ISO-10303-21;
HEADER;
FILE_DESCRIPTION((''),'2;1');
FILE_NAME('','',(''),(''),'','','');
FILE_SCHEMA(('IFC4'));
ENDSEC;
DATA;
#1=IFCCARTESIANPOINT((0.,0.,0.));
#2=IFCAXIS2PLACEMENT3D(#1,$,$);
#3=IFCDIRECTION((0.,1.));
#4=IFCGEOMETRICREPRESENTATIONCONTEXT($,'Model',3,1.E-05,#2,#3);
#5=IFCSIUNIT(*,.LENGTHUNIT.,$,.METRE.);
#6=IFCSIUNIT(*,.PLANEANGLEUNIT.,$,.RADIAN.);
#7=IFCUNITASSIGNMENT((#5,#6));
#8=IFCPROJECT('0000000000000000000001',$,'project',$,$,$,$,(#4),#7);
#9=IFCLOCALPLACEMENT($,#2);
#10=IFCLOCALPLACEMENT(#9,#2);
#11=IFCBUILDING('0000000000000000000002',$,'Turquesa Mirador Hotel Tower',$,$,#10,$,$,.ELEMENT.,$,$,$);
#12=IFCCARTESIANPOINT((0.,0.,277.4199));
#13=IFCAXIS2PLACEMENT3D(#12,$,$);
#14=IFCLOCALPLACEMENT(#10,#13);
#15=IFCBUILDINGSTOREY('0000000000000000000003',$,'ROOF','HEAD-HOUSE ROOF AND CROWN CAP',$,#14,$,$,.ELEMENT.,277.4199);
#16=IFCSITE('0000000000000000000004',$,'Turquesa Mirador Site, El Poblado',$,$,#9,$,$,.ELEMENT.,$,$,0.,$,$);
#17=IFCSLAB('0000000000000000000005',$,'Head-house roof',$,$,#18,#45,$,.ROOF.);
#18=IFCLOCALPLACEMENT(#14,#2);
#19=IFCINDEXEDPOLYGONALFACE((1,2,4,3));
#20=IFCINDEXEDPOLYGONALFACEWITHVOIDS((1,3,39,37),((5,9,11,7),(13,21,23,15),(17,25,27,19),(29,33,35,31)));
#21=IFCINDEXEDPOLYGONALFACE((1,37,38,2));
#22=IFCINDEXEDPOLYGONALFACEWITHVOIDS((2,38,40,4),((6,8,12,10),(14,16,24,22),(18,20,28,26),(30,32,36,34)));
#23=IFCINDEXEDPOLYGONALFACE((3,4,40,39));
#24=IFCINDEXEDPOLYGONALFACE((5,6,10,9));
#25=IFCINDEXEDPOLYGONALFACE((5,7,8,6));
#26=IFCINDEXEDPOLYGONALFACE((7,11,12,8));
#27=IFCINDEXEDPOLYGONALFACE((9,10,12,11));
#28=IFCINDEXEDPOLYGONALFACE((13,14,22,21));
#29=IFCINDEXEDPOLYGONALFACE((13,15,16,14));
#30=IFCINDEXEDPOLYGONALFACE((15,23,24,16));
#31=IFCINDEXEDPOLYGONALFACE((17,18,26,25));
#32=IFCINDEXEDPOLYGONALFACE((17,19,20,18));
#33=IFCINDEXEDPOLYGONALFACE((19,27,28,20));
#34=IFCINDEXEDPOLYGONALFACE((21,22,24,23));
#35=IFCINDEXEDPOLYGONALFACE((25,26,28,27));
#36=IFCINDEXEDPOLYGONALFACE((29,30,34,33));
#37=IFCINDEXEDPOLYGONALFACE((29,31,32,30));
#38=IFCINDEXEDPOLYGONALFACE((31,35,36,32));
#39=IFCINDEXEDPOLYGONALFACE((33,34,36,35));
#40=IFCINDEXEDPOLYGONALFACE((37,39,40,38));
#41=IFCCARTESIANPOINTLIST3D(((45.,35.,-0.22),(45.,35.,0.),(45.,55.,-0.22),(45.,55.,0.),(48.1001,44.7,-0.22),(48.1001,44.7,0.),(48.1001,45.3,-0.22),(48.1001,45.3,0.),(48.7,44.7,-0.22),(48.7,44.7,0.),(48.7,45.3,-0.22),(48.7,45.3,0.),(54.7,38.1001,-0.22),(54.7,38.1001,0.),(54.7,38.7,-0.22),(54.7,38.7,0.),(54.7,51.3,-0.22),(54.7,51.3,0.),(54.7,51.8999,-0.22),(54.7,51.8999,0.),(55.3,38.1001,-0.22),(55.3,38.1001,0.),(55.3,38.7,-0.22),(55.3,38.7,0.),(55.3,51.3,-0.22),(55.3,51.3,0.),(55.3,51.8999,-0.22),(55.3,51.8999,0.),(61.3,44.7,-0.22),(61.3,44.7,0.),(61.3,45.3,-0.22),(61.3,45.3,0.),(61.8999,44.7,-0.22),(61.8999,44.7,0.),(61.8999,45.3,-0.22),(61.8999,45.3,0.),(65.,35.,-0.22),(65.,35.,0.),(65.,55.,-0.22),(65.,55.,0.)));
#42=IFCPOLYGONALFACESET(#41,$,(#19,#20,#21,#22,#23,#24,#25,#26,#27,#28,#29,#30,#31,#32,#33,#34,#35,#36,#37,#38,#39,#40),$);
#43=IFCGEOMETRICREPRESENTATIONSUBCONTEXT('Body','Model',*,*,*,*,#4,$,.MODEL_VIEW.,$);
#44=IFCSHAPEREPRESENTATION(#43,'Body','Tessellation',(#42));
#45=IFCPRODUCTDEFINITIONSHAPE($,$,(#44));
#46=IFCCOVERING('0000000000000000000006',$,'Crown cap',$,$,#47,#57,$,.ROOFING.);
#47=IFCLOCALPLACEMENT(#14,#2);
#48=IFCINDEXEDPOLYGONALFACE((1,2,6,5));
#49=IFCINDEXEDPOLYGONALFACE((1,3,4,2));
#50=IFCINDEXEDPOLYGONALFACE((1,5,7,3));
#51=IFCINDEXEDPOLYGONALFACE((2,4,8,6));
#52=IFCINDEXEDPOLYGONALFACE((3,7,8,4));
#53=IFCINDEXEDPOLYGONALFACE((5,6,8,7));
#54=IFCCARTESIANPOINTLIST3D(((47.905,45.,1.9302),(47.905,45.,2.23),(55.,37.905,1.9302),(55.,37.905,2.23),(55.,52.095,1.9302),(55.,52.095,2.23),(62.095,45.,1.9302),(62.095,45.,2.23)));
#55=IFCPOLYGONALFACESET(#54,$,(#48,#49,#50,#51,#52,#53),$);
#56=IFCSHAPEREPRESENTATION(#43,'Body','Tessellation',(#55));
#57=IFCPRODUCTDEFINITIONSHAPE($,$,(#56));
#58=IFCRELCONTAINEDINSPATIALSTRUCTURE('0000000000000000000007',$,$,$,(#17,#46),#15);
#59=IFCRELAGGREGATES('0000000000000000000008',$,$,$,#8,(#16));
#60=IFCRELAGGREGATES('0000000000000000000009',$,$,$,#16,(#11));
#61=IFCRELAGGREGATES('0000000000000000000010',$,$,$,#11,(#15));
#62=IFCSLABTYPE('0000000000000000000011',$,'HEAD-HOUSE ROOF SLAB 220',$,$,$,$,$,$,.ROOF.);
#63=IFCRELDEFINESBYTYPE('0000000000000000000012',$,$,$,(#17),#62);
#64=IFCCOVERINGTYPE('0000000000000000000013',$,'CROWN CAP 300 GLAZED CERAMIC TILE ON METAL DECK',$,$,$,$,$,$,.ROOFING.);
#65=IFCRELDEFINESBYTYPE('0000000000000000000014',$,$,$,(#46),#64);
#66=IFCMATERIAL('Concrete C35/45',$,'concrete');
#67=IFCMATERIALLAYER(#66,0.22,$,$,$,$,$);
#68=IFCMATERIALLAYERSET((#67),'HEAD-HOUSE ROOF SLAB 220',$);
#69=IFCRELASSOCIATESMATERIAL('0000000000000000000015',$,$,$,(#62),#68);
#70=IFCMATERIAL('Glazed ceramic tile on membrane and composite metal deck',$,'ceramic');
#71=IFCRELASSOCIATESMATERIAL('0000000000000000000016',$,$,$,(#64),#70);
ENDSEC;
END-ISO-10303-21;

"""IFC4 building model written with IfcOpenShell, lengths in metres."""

from ifc_helpers import new_model, si_unit, direction, frame, origin, place, context, subcontext, project, spatial, polyline, outline, extrude, material, layer, layer_set, type_object, element, save


model = new_model("IFC4")

# Units and contexts
model_context = context("Model", 3, precision=1e-05, world=origin(), true_north=direction((0.0, 1.0)))
body_context = subcontext(model_context, "Body", "Model", "MODEL_VIEW")
ifc_project = project(units=[si_unit("LENGTHUNIT", "METRE"), si_unit("PLANEANGLEUNIT", "RADIAN")], contexts=[model_context])

# Site, building, storey
site_placement = place(None, origin())
site = spatial("IfcSite", under=ifc_project, at=site_placement, Name="Turquesa Mirador Site, El Poblado", CompositionType="ELEMENT", RefElevation=0.0)
building_placement = place(site_placement, origin())
building = spatial("IfcBuilding", under=site, at=building_placement, Name="Turquesa Mirador Hotel Tower", CompositionType="ELEMENT")
storey_placement = place(building_placement, frame((0.0, 0.0, 277.4199)))
storey = spatial("IfcBuildingStorey", under=building, at=storey_placement, Name="ROOF", Description="HEAD-HOUSE ROOF AND CROWN CAP", CompositionType="ELEMENT", Elevation=277.4199)

# Slab
ifc_material_1 = material(Name="Concrete C35/45", Category="concrete")
ifc_layer = layer(ifc_material_1, 0.22)
ifc_layer_set = layer_set([ifc_layer], Name="HEAD-HOUSE ROOF SLAB 220")
slab_type = type_object("IfcSlabType", Name="HEAD-HOUSE ROOF SLAB 220", PredefinedType="ROOF", material=ifc_layer_set)
slab_placement = place(storey_placement, frame((0.0, 0.0, -0.22)))
element("IfcSlab", 1, at=slab_placement, inside=storey, type_object=slab_type, Name="Head-house roof", PredefinedType="ROOF", context=body_context, shape_type="SweptSolid", body=[
    extrude(outline(polyline([(45.0, 35.0), (65.0, 35.0), (65.0, 55.0), (45.0, 55.0), (45.0, 35.0)]), holes=[polyline([(61.3, 44.7), (61.8999, 44.7), (61.8999, 45.3), (61.3, 45.3), (61.3, 44.7)]), polyline([(54.7, 51.3), (55.3, 51.3), (55.3, 51.8999), (54.7, 51.8999), (54.7, 51.3)]), polyline([(48.1001, 44.7), (48.7, 44.7), (48.7, 45.3), (48.1001, 45.3), (48.1001, 44.7)]), polyline([(54.7, 38.1001), (55.3, 38.1001), (55.3, 38.7), (54.7, 38.7), (54.7, 38.1001)])]), origin(), (0.0, 0.0, 1.0), 0.22),
])

# Covering
ifc_material_2 = material(Name="Glazed ceramic tile on membrane and composite metal deck", Category="ceramic")
covering_type = type_object("IfcCoveringType", Name="CROWN CAP 300 GLAZED CERAMIC TILE ON METAL DECK", PredefinedType="ROOFING", material=ifc_material_2)
covering_placement = place(storey_placement, frame((0.0, 0.0, 1.9302)))
element("IfcCovering", 2, at=covering_placement, inside=storey, type_object=covering_type, Name="Crown cap", PredefinedType="ROOFING", context=body_context, shape_type="SweptSolid", body=[
    extrude(outline(polyline([(62.095, 45.0), (55.0, 52.095), (47.905, 45.0), (55.0, 37.905), (62.095, 45.0)])), origin(), (0.0, 0.0, 1.0), 0.2998),
])

save(model, "model.ifc")
